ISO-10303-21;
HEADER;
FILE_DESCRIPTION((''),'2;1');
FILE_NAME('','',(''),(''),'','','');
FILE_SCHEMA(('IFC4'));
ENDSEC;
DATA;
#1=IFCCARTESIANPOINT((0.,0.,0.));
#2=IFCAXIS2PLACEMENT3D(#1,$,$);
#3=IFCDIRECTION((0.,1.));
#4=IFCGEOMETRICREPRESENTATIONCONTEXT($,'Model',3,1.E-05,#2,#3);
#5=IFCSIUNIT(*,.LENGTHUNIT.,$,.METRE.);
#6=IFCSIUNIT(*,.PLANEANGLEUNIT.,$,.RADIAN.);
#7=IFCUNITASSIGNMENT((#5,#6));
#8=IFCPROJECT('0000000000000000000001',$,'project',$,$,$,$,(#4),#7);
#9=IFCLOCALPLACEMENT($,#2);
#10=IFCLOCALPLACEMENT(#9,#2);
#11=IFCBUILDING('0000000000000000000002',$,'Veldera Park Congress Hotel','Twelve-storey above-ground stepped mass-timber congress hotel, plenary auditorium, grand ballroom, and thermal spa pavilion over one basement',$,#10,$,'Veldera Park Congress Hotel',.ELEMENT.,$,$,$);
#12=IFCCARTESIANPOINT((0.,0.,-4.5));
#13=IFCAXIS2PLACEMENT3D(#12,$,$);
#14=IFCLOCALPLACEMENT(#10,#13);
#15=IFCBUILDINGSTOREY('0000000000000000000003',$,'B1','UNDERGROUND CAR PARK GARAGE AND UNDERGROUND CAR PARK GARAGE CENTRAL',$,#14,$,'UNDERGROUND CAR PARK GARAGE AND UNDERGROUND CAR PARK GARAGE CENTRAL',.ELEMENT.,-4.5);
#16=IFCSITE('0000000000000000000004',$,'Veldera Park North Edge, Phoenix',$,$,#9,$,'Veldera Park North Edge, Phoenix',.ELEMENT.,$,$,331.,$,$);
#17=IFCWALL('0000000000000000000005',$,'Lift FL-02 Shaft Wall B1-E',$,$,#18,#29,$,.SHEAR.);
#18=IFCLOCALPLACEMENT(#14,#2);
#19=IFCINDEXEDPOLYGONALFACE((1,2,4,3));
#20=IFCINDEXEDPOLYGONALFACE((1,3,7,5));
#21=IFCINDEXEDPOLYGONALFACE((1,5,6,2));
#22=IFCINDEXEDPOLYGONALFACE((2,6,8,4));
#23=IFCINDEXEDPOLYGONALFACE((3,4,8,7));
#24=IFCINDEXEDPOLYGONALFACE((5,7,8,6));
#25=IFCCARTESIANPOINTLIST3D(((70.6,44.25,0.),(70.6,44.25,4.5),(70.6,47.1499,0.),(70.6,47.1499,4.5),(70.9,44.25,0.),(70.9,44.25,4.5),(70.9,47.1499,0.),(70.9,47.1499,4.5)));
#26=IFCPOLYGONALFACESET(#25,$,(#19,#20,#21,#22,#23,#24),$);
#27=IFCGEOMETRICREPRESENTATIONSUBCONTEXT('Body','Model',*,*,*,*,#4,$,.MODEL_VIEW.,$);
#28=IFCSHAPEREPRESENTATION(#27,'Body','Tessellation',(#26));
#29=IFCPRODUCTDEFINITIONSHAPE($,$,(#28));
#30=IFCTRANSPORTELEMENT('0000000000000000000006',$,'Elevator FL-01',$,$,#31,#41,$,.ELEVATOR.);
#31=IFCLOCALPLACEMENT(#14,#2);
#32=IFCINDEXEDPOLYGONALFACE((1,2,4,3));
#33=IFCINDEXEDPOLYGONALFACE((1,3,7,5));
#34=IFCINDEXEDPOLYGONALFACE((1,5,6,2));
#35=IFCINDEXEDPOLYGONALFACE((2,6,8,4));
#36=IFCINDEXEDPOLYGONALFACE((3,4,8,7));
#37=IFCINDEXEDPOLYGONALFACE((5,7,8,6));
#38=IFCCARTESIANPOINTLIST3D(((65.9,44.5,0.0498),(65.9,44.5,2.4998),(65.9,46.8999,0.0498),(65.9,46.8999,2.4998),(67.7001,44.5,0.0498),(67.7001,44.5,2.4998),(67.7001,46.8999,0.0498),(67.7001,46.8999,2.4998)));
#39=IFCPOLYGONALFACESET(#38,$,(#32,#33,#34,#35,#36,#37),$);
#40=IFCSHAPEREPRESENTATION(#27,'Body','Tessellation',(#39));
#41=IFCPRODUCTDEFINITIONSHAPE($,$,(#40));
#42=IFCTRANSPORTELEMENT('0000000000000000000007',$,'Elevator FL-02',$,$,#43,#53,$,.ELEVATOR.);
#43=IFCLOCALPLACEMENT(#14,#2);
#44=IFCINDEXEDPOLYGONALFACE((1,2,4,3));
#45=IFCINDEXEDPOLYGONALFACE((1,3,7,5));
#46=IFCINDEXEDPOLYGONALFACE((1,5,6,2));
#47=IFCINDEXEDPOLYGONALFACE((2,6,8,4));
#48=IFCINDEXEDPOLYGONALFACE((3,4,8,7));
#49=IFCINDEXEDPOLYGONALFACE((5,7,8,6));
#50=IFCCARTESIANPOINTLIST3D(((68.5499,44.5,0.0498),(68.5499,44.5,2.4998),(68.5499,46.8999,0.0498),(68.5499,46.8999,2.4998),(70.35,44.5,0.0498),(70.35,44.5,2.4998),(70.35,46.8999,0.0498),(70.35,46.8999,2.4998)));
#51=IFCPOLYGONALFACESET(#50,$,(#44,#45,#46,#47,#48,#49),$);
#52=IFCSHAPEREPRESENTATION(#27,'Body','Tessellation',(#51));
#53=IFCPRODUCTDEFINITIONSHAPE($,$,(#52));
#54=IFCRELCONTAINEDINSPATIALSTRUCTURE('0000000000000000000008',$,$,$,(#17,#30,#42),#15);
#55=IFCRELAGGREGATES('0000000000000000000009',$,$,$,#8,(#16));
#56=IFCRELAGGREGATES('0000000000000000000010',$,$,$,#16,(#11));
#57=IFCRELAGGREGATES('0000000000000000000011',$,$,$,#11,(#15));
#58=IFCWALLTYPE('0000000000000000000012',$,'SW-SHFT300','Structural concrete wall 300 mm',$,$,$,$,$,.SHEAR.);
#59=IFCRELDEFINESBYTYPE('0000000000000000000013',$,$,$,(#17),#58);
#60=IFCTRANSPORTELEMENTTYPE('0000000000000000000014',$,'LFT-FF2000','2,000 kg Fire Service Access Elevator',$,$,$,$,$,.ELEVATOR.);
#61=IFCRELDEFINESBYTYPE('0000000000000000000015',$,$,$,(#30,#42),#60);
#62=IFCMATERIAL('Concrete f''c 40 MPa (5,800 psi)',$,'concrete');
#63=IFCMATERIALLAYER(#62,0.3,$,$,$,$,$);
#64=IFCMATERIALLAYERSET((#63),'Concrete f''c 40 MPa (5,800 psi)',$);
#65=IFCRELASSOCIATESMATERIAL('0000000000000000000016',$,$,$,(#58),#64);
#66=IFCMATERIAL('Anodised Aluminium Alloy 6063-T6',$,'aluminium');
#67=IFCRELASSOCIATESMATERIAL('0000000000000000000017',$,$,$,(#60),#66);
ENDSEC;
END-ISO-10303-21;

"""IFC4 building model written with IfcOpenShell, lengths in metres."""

from ifc_helpers import new_model, si_unit, direction, frame, frame_2d, origin, origin_2d, place, context, subcontext, project, spatial, rectangle, extrude, material, layer, layer_set, type_object, element, save


model = new_model("IFC4")

# Units and contexts
model_context = context("Model", 3, precision=1e-05, world=origin(), true_north=direction((0.0, 1.0)))
body_context = subcontext(model_context, "Body", "Model", "MODEL_VIEW")
ifc_project = project(units=[si_unit("LENGTHUNIT", "METRE"), si_unit("PLANEANGLEUNIT", "RADIAN")], contexts=[model_context])

# Site, building, storey
site_placement = place(None, origin())
site = spatial("IfcSite", under=ifc_project, at=site_placement, Name="Veldera Park North Edge, Phoenix", LongName="Veldera Park North Edge, Phoenix", CompositionType="ELEMENT", RefElevation=331.0)
building_placement = place(site_placement, origin())
building = spatial("IfcBuilding", under=site, at=building_placement, Name="Veldera Park Congress Hotel", Description="Twelve-storey above-ground stepped mass-timber congress hotel, plenary auditorium, grand ballroom, and thermal spa pavilion over one basement", LongName="Veldera Park Congress Hotel", CompositionType="ELEMENT")
storey_placement = place(building_placement, frame((0.0, 0.0, -4.5)))
storey = spatial("IfcBuildingStorey", under=building, at=storey_placement, Name="B1", Description="UNDERGROUND CAR PARK GARAGE AND UNDERGROUND CAR PARK GARAGE CENTRAL", LongName="UNDERGROUND CAR PARK GARAGE AND UNDERGROUND CAR PARK GARAGE CENTRAL", CompositionType="ELEMENT", Elevation=-4.5)

# Shared definitions
ifc_material_1 = material(Name="Concrete f'c 40 MPa (5,800 psi)", Category="concrete")

# Shared definitions
ifc_layer_1 = layer(ifc_material_1, 0.3)
ifc_layer_set_1 = layer_set([ifc_layer_1], Name="Concrete f'c 40 MPa (5,800 psi)")
wall_type_1 = type_object("IfcWallType", Name="SW-SHFT300", Description="Structural concrete wall 300 mm", PredefinedType="SHEAR", material=ifc_layer_set_1)

# Wall
wall_1_placement = place(storey_placement, frame((70.75, 44.25, 0.0), z_axis=(0.0, 0.0, 1.0), x_axis=(0.0, 1.0, 0.0)))
element("IfcWall", 1, at=wall_1_placement, inside=storey, type_object=wall_type_1, Name="Lift FL-02 Shaft Wall B1-E", PredefinedType="SHEAR", context=body_context, shape_type="SweptSolid", body=[
    extrude(rectangle(XDim=2.8999, YDim=0.3, at=frame_2d((1.45, 0.0))), origin(), (0.0, 0.0, 1.0), 4.5),
])

# Transport elements
ifc_material_2 = material(Name="Anodised Aluminium Alloy 6063-T6", Category="aluminium")
transport_element_type = type_object("IfcTransportElementType", Name="LFT-FF2000", Description="2,000 kg Fire Service Access Elevator", PredefinedType="ELEVATOR", material=ifc_material_2)
for number, where, z_axis, x_axis, name in (
    (2, (66.8, 45.7, 0.0498), (0.0, 0.0, 1.0), (1.0, 0.0, 0.0), "Elevator FL-01"),
    (3, (69.45, 45.7, 0.0498), (0.0, 0.0, 1.0), (1.0, 0.0, 0.0), "Elevator FL-02"),
):
    element("IfcTransportElement", number, at=place(storey_placement, frame(where, z_axis=z_axis, x_axis=x_axis)), inside=storey, type_object=transport_element_type, Name=name, PredefinedType="ELEVATOR", context=body_context, shape_type="SweptSolid", body=[
        extrude(rectangle(XDim=1.8, YDim=2.3999, at=origin_2d()), origin(), (0.0, 0.0, 1.0), 2.45),
    ])

save(model, "model.ifc")
